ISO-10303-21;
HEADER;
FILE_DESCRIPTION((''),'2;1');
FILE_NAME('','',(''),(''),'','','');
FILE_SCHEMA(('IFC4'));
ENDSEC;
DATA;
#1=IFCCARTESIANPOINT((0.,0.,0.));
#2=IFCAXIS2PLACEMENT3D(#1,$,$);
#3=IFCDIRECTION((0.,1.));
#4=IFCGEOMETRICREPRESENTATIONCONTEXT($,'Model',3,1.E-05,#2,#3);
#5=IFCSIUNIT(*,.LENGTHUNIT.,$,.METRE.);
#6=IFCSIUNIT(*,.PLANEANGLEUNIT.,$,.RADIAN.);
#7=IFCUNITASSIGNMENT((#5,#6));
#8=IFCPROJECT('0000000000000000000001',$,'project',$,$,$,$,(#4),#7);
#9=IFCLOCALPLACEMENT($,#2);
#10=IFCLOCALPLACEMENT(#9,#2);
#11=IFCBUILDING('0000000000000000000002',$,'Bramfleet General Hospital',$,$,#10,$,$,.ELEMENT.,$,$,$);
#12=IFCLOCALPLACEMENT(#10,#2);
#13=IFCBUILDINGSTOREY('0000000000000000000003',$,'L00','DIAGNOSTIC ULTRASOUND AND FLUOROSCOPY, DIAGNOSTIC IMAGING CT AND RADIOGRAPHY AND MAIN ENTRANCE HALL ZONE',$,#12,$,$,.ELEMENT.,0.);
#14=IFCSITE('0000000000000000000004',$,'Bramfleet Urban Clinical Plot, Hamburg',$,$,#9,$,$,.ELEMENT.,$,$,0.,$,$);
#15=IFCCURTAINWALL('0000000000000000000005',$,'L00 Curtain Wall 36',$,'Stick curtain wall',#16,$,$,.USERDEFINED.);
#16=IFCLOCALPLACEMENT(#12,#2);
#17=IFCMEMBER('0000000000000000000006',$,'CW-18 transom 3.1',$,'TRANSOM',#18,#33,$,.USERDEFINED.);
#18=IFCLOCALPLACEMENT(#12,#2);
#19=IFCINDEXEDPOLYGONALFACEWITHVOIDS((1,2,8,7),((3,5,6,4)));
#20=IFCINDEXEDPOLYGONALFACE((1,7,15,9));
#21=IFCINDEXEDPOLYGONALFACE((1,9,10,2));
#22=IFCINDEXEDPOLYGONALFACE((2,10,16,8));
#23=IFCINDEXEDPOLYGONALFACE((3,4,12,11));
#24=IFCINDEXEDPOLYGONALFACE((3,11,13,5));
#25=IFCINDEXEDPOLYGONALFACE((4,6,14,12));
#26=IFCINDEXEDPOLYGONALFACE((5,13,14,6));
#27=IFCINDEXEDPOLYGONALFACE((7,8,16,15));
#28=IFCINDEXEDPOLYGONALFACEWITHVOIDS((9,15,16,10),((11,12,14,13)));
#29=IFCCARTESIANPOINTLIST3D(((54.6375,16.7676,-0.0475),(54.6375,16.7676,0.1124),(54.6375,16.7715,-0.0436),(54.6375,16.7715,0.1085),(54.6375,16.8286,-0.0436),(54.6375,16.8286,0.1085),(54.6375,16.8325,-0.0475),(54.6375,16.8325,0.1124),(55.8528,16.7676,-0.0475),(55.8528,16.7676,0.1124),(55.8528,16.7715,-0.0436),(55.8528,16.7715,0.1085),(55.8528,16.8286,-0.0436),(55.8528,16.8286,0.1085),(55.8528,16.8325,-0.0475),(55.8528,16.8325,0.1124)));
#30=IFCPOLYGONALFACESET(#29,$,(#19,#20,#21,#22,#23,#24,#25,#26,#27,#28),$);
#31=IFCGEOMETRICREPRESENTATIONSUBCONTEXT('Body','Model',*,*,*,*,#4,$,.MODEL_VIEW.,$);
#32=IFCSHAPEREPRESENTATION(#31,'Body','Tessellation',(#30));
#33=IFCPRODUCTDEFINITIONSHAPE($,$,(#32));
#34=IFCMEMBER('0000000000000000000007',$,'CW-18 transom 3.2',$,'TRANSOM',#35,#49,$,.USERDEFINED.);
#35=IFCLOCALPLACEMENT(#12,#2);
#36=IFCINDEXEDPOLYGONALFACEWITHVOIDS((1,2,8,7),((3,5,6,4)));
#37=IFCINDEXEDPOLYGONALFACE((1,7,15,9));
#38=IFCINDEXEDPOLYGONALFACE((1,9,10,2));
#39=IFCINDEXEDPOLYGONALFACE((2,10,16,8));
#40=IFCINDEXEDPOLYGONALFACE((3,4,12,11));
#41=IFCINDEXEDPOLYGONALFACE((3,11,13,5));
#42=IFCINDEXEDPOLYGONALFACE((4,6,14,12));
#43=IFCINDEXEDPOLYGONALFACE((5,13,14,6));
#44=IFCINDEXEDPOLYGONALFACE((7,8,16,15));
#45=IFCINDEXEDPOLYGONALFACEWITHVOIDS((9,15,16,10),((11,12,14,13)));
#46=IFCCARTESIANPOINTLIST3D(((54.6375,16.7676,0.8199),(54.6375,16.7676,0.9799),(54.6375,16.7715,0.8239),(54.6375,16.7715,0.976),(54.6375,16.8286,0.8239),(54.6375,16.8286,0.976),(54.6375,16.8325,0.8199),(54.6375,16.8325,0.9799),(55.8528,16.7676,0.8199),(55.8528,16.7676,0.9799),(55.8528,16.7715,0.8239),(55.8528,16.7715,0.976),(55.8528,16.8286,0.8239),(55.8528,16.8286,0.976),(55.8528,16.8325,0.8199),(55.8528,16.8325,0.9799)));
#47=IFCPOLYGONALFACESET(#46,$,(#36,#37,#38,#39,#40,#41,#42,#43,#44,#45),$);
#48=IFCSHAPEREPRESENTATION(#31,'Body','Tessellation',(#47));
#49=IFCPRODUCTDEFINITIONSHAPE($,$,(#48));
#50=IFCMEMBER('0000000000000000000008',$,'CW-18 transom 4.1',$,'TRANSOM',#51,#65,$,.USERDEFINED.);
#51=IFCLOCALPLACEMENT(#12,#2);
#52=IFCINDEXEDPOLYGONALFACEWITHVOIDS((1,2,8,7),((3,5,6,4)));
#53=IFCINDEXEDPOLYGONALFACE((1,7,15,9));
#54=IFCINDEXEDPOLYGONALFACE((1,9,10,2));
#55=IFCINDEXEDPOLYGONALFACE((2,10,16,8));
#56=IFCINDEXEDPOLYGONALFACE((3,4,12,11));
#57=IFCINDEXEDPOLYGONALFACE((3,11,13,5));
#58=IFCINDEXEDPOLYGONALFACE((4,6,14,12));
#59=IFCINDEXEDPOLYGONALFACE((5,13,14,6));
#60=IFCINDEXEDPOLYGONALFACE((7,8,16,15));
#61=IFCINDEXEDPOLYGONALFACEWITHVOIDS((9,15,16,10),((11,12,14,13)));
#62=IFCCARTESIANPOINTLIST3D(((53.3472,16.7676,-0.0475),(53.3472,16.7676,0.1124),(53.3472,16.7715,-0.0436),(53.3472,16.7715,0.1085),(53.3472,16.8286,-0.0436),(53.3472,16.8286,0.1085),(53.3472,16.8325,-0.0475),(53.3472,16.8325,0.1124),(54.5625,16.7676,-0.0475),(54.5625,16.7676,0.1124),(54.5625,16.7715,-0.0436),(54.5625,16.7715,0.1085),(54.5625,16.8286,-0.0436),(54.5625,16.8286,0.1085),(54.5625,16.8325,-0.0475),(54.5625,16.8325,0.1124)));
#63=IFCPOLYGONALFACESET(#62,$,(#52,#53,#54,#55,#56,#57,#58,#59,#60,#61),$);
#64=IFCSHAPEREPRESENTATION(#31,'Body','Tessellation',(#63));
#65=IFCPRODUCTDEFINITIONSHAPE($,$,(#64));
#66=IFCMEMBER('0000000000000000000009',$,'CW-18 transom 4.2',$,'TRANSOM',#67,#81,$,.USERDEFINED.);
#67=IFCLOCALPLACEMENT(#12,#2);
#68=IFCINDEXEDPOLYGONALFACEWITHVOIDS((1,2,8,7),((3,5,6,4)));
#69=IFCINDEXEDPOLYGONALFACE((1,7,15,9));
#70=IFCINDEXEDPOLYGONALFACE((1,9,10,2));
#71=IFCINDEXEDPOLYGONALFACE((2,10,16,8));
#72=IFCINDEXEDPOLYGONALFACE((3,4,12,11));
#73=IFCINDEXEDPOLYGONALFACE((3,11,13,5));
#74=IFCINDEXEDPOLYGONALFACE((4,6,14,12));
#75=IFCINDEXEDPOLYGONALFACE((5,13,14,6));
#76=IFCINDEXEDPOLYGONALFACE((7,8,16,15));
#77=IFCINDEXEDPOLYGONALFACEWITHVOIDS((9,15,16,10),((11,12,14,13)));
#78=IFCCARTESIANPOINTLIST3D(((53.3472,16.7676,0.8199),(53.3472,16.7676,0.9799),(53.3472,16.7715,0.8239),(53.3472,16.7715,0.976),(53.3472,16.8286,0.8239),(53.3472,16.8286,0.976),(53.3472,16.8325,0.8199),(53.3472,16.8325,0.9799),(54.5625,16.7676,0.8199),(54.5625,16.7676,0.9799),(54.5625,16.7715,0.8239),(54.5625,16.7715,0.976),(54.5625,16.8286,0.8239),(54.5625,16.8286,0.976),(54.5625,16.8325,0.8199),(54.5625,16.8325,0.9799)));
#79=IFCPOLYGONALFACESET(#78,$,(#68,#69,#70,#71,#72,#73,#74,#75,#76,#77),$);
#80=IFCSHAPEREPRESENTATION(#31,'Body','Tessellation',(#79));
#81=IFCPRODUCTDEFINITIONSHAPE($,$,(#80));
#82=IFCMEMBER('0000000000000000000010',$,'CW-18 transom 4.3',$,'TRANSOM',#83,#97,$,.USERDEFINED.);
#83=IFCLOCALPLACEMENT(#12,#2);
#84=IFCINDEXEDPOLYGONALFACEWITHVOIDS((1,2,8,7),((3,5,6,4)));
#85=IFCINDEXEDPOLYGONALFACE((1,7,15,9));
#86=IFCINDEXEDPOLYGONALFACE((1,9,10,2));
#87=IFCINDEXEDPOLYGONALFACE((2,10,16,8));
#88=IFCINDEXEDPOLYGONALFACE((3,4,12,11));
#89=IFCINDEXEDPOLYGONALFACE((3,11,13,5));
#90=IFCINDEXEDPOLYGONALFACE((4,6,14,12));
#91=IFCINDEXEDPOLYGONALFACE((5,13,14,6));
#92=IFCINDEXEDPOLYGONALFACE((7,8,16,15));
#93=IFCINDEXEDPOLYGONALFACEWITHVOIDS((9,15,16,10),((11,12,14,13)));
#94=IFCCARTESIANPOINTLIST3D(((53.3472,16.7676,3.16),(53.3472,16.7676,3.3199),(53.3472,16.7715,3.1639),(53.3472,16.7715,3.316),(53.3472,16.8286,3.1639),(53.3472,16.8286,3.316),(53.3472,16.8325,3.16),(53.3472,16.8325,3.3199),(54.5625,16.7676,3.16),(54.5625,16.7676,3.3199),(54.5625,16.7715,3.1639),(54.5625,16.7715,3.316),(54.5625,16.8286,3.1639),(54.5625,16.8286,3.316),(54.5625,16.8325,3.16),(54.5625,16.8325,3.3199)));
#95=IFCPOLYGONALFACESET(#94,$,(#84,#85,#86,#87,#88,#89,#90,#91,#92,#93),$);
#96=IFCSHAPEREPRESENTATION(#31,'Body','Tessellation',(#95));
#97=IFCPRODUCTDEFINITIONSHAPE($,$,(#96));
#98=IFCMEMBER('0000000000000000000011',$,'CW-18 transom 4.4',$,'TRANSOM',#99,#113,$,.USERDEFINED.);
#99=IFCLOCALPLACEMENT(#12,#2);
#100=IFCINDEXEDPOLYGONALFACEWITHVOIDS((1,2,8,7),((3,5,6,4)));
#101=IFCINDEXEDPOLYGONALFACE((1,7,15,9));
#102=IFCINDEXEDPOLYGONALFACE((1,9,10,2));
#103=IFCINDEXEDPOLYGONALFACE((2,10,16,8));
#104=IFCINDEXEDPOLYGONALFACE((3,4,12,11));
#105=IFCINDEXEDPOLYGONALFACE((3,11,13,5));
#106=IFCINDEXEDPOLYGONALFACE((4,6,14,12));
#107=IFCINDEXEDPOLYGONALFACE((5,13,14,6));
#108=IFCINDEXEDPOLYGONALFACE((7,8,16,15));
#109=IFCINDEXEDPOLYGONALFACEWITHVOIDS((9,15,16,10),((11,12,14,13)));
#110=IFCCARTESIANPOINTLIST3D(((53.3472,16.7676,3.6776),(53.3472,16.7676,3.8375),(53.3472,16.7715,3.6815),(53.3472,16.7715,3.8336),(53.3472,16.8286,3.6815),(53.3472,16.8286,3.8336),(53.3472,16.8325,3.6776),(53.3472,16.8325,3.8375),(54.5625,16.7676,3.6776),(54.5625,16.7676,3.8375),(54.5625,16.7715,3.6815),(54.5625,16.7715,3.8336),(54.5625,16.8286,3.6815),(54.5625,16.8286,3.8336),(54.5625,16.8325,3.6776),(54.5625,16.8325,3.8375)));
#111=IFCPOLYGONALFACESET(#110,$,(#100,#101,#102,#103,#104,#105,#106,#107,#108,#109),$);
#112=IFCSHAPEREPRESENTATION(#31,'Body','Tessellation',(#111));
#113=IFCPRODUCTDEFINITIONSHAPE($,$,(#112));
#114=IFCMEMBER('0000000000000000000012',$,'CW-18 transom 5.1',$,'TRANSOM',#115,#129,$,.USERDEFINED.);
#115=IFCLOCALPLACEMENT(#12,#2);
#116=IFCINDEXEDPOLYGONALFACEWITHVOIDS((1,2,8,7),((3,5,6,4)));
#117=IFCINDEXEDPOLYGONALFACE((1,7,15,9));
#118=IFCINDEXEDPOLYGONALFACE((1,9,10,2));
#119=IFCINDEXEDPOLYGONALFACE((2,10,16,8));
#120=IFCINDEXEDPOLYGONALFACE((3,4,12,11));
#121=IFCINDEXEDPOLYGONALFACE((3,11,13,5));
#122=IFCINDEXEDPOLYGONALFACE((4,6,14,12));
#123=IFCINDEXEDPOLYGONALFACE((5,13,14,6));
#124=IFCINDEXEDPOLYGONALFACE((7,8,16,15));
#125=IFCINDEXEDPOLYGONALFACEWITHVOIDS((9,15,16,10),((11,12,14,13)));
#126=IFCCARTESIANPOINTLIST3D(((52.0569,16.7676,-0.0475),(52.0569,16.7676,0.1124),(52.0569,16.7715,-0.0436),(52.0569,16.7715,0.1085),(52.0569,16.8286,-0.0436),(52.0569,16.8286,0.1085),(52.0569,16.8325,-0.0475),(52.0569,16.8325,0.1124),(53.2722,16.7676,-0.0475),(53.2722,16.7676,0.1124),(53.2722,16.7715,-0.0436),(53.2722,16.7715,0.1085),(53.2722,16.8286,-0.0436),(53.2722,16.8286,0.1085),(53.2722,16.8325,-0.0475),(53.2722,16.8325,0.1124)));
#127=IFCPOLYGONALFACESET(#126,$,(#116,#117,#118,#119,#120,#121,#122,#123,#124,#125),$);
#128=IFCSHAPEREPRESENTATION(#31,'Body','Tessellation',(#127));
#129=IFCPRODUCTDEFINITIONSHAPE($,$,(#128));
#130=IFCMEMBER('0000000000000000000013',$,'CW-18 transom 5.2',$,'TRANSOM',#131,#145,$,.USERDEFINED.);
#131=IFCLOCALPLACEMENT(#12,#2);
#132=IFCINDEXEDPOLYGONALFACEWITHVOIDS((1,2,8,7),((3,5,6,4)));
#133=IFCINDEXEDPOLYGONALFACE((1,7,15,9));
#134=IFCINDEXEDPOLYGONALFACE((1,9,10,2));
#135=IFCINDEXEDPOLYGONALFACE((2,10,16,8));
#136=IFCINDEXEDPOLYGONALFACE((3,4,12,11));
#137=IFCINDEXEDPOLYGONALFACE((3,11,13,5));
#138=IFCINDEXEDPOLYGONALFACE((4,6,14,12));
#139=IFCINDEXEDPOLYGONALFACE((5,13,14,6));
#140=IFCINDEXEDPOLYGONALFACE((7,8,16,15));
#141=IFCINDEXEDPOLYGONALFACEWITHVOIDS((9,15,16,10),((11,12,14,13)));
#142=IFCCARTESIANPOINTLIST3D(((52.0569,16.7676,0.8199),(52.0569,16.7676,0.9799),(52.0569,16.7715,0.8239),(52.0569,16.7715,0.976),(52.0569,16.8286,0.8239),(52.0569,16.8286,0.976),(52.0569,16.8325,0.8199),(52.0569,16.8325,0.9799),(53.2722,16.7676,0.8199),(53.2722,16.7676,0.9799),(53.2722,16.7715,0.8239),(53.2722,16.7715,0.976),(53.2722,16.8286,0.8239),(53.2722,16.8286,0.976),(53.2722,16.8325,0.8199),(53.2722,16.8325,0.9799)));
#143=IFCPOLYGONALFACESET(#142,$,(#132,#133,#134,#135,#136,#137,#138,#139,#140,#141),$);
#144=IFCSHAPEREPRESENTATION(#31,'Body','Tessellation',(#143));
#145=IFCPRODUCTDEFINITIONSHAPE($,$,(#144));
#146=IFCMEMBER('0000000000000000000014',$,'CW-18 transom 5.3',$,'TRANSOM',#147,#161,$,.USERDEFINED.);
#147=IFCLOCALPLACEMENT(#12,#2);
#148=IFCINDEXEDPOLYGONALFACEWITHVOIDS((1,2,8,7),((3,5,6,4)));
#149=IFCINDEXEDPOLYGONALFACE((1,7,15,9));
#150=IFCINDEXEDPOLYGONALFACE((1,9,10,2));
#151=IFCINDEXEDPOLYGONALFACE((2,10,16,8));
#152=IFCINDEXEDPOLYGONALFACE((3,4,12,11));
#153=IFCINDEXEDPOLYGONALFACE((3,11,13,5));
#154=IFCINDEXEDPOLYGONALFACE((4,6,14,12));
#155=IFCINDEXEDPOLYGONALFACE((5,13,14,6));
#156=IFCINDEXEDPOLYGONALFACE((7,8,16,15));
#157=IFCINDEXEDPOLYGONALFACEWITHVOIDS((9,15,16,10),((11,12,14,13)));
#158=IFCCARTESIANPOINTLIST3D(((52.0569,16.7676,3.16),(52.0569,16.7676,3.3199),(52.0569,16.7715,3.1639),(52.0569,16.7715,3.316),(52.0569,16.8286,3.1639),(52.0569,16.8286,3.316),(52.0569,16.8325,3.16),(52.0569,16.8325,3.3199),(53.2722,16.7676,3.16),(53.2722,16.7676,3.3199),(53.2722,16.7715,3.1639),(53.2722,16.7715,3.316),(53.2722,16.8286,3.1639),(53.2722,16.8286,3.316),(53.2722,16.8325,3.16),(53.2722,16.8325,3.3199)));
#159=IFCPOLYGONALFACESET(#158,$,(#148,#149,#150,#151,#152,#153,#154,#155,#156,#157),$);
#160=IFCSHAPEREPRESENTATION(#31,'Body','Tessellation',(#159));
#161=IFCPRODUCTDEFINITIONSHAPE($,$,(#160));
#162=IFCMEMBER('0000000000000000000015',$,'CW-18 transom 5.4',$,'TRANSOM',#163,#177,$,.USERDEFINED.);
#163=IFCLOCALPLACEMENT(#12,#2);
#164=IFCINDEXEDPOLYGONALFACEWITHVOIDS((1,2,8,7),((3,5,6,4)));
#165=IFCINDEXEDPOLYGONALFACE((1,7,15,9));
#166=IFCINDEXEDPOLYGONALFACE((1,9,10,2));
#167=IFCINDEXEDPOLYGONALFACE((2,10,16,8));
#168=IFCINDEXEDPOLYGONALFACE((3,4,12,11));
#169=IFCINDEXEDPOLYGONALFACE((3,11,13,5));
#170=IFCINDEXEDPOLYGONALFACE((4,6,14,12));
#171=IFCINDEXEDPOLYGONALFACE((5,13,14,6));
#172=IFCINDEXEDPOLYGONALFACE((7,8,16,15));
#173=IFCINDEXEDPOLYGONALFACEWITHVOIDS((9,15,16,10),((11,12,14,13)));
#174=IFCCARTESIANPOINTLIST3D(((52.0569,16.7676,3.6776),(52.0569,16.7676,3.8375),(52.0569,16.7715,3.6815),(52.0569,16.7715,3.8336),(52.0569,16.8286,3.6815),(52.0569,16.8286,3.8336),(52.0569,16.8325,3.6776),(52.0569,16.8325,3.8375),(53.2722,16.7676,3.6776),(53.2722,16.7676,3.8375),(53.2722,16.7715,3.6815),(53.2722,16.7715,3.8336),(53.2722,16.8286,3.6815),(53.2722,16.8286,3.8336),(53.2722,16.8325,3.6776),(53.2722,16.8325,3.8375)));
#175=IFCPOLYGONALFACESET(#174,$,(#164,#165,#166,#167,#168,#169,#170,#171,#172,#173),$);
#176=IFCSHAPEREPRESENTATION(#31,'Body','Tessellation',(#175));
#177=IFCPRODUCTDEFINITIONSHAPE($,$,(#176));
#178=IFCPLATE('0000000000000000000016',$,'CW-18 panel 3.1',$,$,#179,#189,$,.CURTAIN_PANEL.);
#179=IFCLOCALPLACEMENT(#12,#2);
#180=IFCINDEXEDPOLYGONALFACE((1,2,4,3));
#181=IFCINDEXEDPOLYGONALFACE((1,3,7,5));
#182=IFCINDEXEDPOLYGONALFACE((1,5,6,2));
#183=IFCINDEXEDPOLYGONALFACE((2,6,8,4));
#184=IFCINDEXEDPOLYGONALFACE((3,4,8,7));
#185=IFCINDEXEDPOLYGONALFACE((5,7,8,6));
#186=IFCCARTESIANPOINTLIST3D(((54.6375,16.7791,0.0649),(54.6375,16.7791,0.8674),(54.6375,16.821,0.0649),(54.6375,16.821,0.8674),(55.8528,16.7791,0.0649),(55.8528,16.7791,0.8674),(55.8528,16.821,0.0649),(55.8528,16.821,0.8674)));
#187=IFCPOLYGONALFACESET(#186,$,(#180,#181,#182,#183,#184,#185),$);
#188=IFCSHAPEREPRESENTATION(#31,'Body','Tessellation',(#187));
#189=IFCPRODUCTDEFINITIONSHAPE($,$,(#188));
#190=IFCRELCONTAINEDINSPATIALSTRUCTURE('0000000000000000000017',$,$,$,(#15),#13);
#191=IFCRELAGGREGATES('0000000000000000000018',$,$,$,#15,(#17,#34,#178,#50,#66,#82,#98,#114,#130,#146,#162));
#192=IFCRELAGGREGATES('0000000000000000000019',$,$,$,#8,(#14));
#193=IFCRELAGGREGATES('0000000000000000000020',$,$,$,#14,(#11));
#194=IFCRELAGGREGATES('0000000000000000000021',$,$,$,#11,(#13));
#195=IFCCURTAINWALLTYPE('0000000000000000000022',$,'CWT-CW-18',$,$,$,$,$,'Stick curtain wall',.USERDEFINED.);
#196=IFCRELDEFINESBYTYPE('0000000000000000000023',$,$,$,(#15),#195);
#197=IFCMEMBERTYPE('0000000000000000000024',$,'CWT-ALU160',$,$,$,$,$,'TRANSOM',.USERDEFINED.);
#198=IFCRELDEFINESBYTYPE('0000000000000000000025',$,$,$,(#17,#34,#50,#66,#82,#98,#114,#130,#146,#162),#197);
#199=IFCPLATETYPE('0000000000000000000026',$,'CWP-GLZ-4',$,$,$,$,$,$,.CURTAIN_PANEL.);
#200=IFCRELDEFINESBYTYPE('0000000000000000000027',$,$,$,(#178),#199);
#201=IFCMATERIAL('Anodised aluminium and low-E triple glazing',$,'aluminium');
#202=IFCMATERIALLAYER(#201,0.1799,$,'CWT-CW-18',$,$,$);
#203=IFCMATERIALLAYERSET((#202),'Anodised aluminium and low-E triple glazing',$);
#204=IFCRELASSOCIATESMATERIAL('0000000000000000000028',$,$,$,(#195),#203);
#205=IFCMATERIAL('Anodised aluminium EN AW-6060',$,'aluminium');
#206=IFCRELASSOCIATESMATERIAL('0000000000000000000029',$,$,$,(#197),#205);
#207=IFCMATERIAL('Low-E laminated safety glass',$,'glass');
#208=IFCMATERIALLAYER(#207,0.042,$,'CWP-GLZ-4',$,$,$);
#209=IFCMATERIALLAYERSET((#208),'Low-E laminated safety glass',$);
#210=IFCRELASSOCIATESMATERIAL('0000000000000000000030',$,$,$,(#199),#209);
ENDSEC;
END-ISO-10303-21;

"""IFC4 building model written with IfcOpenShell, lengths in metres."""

from ifc_helpers import new_model, si_unit, direction, frame, origin, origin_2d, place, context, subcontext, project, spatial, rectangle, hollow_rectangle, extrude, material, layer, layer_set, material_profile, profile_set, type_object, element, aggregate, save


model = new_model("IFC4")

# Units and contexts
model_context = context("Model", 3, precision=1e-05, world=origin(), true_north=direction((0.0, 1.0)))
body_context = subcontext(model_context, "Body", "Model", "MODEL_VIEW")
ifc_project = project(units=[si_unit("LENGTHUNIT", "METRE"), si_unit("PLANEANGLEUNIT", "RADIAN")], contexts=[model_context])

# Site, building, storey
site_placement = place(None, origin())
site = spatial("IfcSite", under=ifc_project, at=site_placement, Name="Bramfleet Urban Clinical Plot, Hamburg", CompositionType="ELEMENT", RefElevation=0.0)
building_placement = place(site_placement, origin())
building = spatial("IfcBuilding", under=site, at=building_placement, Name="Bramfleet General Hospital", CompositionType="ELEMENT")
storey_placement = place(building_placement, origin())
storey = spatial("IfcBuildingStorey", under=building, at=storey_placement, Name="L00", Description="DIAGNOSTIC ULTRASOUND AND FLUOROSCOPY, DIAGNOSTIC IMAGING CT AND RADIOGRAPHY AND MAIN ENTRANCE HALL ZONE", CompositionType="ELEMENT", Elevation=0.0)

# Curtain wall, members, plate
ifc_material_1 = material(Name="Anodised aluminium and low-E triple glazing", Category="aluminium")
ifc_layer_1 = layer(ifc_material_1, 0.1799, Name="CWT-CW-18")
ifc_layer_set_1 = layer_set([ifc_layer_1], Name="Anodised aluminium and low-E triple glazing")
curtain_wall_type = type_object("IfcCurtainWallType", Name="CWT-CW-18", ElementType="Stick curtain wall", PredefinedType="USERDEFINED", material=ifc_layer_set_1)
curtain_wall_placement = place(storey_placement, origin())
curtain_wall = element("IfcCurtainWall", 1, at=curtain_wall_placement, inside=storey, type_object=curtain_wall_type, Name="L00 Curtain Wall 36", ObjectType="Stick curtain wall", PredefinedType="USERDEFINED")
ifc_material_2 = material(Name="Anodised aluminium EN AW-6060", Category="aluminium")
ifc_material_profile_1 = material_profile(ifc_material_2, hollow_rectangle(XDim=0.0649, YDim=0.1599, WallThickness=0.0039, at=origin_2d()), Name="ALU 160x65x4.0")
ifc_profile_set_1 = profile_set([ifc_material_profile_1], Name="Anodised aluminium EN AW-6060")
member_type_1 = type_object("IfcMemberType", Name="CWT-ALU160", ElementType="TRANSOM", PredefinedType="USERDEFINED", material=ifc_profile_set_1)
member_1_placement = place(storey_placement, frame((55.8528, 16.8, 0.0325), z_axis=(-1.0, 0.0, 0.0), x_axis=(0.0, -1.0, 0.0)))
member_1 = element("IfcMember", 2, at=member_1_placement, type_object=member_type_1, Name="CW-18 transom 3.1", ObjectType="TRANSOM", PredefinedType="USERDEFINED", context=body_context, shape_type="SweptSolid", body=[
    extrude(hollow_rectangle(XDim=0.0649, YDim=0.1599, WallThickness=0.0039, at=origin_2d()), origin(), (0.0, 0.0, 1.0), 1.2153),
])
member_2_placement = place(storey_placement, frame((55.8528, 16.8, 0.8999), z_axis=(-1.0, 0.0, 0.0), x_axis=(0.0, -1.0, 0.0)))
member_2 = element("IfcMember", 3, at=member_2_placement, type_object=member_type_1, Name="CW-18 transom 3.2", ObjectType="TRANSOM", PredefinedType="USERDEFINED", context=body_context, shape_type="SweptSolid", body=[
    extrude(hollow_rectangle(XDim=0.0649, YDim=0.1599, WallThickness=0.0039, at=origin_2d()), origin(), (0.0, 0.0, 1.0), 1.2153),
])
member_3_placement = place(storey_placement, frame((54.5625, 16.8, 0.0325), z_axis=(-1.0, 0.0, 0.0), x_axis=(0.0, -1.0, 0.0)))
member_3 = element("IfcMember", 4, at=member_3_placement, type_object=member_type_1, Name="CW-18 transom 4.1", ObjectType="TRANSOM", PredefinedType="USERDEFINED", context=body_context, shape_type="SweptSolid", body=[
    extrude(hollow_rectangle(XDim=0.0649, YDim=0.1599, WallThickness=0.0039, at=origin_2d()), origin(), (0.0, 0.0, 1.0), 1.2153),
])
member_4_placement = place(storey_placement, frame((54.5625, 16.8, 0.8999), z_axis=(-1.0, 0.0, 0.0), x_axis=(0.0, -1.0, 0.0)))
member_4 = element("IfcMember", 5, at=member_4_placement, type_object=member_type_1, Name="CW-18 transom 4.2", ObjectType="TRANSOM", PredefinedType="USERDEFINED", context=body_context, shape_type="SweptSolid", body=[
    extrude(hollow_rectangle(XDim=0.0649, YDim=0.1599, WallThickness=0.0039, at=origin_2d()), origin(), (0.0, 0.0, 1.0), 1.2153),
])
member_5_placement = place(storey_placement, frame((54.5625, 16.8, 3.24), z_axis=(-1.0, 0.0, 0.0), x_axis=(0.0, -1.0, 0.0)))
member_5 = element("IfcMember", 6, at=member_5_placement, type_object=member_type_1, Name="CW-18 transom 4.3", ObjectType="TRANSOM", PredefinedType="USERDEFINED", context=body_context, shape_type="SweptSolid", body=[
    extrude(hollow_rectangle(XDim=0.0649, YDim=0.1599, WallThickness=0.0039, at=origin_2d()), origin(), (0.0, 0.0, 1.0), 1.2153),
])
member_6_placement = place(storey_placement, frame((54.5625, 16.8, 3.7576), z_axis=(-1.0, 0.0, 0.0), x_axis=(0.0, -1.0, 0.0)))
member_6 = element("IfcMember", 7, at=member_6_placement, type_object=member_type_1, Name="CW-18 transom 4.4", ObjectType="TRANSOM", PredefinedType="USERDEFINED", context=body_context, shape_type="SweptSolid", body=[
    extrude(hollow_rectangle(XDim=0.0649, YDim=0.1599, WallThickness=0.0039, at=origin_2d()), origin(), (0.0, 0.0, 1.0), 1.2153),
])
member_7_placement = place(storey_placement, frame((53.2722, 16.8, 0.0325), z_axis=(-1.0, 0.0, 0.0), x_axis=(0.0, -1.0, 0.0)))
member_7 = element("IfcMember", 8, at=member_7_placement, type_object=member_type_1, Name="CW-18 transom 5.1", ObjectType="TRANSOM", PredefinedType="USERDEFINED", context=body_context, shape_type="SweptSolid", body=[
    extrude(hollow_rectangle(XDim=0.0649, YDim=0.1599, WallThickness=0.0039, at=origin_2d()), origin(), (0.0, 0.0, 1.0), 1.2153),
])
member_8_placement = place(storey_placement, frame((53.2722, 16.8, 0.8999), z_axis=(-1.0, 0.0, 0.0), x_axis=(0.0, -1.0, 0.0)))
member_8 = element("IfcMember", 9, at=member_8_placement, type_object=member_type_1, Name="CW-18 transom 5.2", ObjectType="TRANSOM", PredefinedType="USERDEFINED", context=body_context, shape_type="SweptSolid", body=[
    extrude(hollow_rectangle(XDim=0.0649, YDim=0.1599, WallThickness=0.0039, at=origin_2d()), origin(), (0.0, 0.0, 1.0), 1.2153),
])
member_9_placement = place(storey_placement, frame((53.2722, 16.8, 3.24), z_axis=(-1.0, 0.0, 0.0), x_axis=(0.0, -1.0, 0.0)))
member_9 = element("IfcMember", 10, at=member_9_placement, type_object=member_type_1, Name="CW-18 transom 5.3", ObjectType="TRANSOM", PredefinedType="USERDEFINED", context=body_context, shape_type="SweptSolid", body=[
    extrude(hollow_rectangle(XDim=0.0649, YDim=0.1599, WallThickness=0.0039, at=origin_2d()), origin(), (0.0, 0.0, 1.0), 1.2153),
])
member_10_placement = place(storey_placement, frame((53.2722, 16.8, 3.7576), z_axis=(-1.0, 0.0, 0.0), x_axis=(0.0, -1.0, 0.0)))
member_10 = element("IfcMember", 11, at=member_10_placement, type_object=member_type_1, Name="CW-18 transom 5.4", ObjectType="TRANSOM", PredefinedType="USERDEFINED", context=body_context, shape_type="SweptSolid", body=[
    extrude(hollow_rectangle(XDim=0.0649, YDim=0.1599, WallThickness=0.0039, at=origin_2d()), origin(), (0.0, 0.0, 1.0), 1.2153),
])
ifc_material_3 = material(Name="Low-E laminated safety glass", Category="glass")
ifc_layer_2 = layer(ifc_material_3, 0.042, Name="CWP-GLZ-4")
ifc_layer_set_2 = layer_set([ifc_layer_2], Name="Low-E laminated safety glass")
plate_type_1 = type_object("IfcPlateType", Name="CWP-GLZ-4", PredefinedType="CURTAIN_PANEL", material=ifc_layer_set_2)
plate_1_placement = place(storey_placement, frame((55.2451, 16.8, 0.0649), z_axis=(0.0, 0.0, 1.0), x_axis=(-1.0, 0.0, 0.0)))
plate_1 = element("IfcPlate", 12, at=plate_1_placement, type_object=plate_type_1, Name="CW-18 panel 3.1", PredefinedType="CURTAIN_PANEL", context=body_context, shape_type="SweptSolid", body=[
    extrude(rectangle(XDim=1.2153, YDim=0.042, at=origin_2d()), origin(), (0.0, 0.0, 1.0), 0.8025),
])
aggregate(curtain_wall, [member_1, member_2, plate_1, member_3, member_4, member_5, member_6, member_7, member_8, member_9, member_10])

save(model, "model.ifc")
